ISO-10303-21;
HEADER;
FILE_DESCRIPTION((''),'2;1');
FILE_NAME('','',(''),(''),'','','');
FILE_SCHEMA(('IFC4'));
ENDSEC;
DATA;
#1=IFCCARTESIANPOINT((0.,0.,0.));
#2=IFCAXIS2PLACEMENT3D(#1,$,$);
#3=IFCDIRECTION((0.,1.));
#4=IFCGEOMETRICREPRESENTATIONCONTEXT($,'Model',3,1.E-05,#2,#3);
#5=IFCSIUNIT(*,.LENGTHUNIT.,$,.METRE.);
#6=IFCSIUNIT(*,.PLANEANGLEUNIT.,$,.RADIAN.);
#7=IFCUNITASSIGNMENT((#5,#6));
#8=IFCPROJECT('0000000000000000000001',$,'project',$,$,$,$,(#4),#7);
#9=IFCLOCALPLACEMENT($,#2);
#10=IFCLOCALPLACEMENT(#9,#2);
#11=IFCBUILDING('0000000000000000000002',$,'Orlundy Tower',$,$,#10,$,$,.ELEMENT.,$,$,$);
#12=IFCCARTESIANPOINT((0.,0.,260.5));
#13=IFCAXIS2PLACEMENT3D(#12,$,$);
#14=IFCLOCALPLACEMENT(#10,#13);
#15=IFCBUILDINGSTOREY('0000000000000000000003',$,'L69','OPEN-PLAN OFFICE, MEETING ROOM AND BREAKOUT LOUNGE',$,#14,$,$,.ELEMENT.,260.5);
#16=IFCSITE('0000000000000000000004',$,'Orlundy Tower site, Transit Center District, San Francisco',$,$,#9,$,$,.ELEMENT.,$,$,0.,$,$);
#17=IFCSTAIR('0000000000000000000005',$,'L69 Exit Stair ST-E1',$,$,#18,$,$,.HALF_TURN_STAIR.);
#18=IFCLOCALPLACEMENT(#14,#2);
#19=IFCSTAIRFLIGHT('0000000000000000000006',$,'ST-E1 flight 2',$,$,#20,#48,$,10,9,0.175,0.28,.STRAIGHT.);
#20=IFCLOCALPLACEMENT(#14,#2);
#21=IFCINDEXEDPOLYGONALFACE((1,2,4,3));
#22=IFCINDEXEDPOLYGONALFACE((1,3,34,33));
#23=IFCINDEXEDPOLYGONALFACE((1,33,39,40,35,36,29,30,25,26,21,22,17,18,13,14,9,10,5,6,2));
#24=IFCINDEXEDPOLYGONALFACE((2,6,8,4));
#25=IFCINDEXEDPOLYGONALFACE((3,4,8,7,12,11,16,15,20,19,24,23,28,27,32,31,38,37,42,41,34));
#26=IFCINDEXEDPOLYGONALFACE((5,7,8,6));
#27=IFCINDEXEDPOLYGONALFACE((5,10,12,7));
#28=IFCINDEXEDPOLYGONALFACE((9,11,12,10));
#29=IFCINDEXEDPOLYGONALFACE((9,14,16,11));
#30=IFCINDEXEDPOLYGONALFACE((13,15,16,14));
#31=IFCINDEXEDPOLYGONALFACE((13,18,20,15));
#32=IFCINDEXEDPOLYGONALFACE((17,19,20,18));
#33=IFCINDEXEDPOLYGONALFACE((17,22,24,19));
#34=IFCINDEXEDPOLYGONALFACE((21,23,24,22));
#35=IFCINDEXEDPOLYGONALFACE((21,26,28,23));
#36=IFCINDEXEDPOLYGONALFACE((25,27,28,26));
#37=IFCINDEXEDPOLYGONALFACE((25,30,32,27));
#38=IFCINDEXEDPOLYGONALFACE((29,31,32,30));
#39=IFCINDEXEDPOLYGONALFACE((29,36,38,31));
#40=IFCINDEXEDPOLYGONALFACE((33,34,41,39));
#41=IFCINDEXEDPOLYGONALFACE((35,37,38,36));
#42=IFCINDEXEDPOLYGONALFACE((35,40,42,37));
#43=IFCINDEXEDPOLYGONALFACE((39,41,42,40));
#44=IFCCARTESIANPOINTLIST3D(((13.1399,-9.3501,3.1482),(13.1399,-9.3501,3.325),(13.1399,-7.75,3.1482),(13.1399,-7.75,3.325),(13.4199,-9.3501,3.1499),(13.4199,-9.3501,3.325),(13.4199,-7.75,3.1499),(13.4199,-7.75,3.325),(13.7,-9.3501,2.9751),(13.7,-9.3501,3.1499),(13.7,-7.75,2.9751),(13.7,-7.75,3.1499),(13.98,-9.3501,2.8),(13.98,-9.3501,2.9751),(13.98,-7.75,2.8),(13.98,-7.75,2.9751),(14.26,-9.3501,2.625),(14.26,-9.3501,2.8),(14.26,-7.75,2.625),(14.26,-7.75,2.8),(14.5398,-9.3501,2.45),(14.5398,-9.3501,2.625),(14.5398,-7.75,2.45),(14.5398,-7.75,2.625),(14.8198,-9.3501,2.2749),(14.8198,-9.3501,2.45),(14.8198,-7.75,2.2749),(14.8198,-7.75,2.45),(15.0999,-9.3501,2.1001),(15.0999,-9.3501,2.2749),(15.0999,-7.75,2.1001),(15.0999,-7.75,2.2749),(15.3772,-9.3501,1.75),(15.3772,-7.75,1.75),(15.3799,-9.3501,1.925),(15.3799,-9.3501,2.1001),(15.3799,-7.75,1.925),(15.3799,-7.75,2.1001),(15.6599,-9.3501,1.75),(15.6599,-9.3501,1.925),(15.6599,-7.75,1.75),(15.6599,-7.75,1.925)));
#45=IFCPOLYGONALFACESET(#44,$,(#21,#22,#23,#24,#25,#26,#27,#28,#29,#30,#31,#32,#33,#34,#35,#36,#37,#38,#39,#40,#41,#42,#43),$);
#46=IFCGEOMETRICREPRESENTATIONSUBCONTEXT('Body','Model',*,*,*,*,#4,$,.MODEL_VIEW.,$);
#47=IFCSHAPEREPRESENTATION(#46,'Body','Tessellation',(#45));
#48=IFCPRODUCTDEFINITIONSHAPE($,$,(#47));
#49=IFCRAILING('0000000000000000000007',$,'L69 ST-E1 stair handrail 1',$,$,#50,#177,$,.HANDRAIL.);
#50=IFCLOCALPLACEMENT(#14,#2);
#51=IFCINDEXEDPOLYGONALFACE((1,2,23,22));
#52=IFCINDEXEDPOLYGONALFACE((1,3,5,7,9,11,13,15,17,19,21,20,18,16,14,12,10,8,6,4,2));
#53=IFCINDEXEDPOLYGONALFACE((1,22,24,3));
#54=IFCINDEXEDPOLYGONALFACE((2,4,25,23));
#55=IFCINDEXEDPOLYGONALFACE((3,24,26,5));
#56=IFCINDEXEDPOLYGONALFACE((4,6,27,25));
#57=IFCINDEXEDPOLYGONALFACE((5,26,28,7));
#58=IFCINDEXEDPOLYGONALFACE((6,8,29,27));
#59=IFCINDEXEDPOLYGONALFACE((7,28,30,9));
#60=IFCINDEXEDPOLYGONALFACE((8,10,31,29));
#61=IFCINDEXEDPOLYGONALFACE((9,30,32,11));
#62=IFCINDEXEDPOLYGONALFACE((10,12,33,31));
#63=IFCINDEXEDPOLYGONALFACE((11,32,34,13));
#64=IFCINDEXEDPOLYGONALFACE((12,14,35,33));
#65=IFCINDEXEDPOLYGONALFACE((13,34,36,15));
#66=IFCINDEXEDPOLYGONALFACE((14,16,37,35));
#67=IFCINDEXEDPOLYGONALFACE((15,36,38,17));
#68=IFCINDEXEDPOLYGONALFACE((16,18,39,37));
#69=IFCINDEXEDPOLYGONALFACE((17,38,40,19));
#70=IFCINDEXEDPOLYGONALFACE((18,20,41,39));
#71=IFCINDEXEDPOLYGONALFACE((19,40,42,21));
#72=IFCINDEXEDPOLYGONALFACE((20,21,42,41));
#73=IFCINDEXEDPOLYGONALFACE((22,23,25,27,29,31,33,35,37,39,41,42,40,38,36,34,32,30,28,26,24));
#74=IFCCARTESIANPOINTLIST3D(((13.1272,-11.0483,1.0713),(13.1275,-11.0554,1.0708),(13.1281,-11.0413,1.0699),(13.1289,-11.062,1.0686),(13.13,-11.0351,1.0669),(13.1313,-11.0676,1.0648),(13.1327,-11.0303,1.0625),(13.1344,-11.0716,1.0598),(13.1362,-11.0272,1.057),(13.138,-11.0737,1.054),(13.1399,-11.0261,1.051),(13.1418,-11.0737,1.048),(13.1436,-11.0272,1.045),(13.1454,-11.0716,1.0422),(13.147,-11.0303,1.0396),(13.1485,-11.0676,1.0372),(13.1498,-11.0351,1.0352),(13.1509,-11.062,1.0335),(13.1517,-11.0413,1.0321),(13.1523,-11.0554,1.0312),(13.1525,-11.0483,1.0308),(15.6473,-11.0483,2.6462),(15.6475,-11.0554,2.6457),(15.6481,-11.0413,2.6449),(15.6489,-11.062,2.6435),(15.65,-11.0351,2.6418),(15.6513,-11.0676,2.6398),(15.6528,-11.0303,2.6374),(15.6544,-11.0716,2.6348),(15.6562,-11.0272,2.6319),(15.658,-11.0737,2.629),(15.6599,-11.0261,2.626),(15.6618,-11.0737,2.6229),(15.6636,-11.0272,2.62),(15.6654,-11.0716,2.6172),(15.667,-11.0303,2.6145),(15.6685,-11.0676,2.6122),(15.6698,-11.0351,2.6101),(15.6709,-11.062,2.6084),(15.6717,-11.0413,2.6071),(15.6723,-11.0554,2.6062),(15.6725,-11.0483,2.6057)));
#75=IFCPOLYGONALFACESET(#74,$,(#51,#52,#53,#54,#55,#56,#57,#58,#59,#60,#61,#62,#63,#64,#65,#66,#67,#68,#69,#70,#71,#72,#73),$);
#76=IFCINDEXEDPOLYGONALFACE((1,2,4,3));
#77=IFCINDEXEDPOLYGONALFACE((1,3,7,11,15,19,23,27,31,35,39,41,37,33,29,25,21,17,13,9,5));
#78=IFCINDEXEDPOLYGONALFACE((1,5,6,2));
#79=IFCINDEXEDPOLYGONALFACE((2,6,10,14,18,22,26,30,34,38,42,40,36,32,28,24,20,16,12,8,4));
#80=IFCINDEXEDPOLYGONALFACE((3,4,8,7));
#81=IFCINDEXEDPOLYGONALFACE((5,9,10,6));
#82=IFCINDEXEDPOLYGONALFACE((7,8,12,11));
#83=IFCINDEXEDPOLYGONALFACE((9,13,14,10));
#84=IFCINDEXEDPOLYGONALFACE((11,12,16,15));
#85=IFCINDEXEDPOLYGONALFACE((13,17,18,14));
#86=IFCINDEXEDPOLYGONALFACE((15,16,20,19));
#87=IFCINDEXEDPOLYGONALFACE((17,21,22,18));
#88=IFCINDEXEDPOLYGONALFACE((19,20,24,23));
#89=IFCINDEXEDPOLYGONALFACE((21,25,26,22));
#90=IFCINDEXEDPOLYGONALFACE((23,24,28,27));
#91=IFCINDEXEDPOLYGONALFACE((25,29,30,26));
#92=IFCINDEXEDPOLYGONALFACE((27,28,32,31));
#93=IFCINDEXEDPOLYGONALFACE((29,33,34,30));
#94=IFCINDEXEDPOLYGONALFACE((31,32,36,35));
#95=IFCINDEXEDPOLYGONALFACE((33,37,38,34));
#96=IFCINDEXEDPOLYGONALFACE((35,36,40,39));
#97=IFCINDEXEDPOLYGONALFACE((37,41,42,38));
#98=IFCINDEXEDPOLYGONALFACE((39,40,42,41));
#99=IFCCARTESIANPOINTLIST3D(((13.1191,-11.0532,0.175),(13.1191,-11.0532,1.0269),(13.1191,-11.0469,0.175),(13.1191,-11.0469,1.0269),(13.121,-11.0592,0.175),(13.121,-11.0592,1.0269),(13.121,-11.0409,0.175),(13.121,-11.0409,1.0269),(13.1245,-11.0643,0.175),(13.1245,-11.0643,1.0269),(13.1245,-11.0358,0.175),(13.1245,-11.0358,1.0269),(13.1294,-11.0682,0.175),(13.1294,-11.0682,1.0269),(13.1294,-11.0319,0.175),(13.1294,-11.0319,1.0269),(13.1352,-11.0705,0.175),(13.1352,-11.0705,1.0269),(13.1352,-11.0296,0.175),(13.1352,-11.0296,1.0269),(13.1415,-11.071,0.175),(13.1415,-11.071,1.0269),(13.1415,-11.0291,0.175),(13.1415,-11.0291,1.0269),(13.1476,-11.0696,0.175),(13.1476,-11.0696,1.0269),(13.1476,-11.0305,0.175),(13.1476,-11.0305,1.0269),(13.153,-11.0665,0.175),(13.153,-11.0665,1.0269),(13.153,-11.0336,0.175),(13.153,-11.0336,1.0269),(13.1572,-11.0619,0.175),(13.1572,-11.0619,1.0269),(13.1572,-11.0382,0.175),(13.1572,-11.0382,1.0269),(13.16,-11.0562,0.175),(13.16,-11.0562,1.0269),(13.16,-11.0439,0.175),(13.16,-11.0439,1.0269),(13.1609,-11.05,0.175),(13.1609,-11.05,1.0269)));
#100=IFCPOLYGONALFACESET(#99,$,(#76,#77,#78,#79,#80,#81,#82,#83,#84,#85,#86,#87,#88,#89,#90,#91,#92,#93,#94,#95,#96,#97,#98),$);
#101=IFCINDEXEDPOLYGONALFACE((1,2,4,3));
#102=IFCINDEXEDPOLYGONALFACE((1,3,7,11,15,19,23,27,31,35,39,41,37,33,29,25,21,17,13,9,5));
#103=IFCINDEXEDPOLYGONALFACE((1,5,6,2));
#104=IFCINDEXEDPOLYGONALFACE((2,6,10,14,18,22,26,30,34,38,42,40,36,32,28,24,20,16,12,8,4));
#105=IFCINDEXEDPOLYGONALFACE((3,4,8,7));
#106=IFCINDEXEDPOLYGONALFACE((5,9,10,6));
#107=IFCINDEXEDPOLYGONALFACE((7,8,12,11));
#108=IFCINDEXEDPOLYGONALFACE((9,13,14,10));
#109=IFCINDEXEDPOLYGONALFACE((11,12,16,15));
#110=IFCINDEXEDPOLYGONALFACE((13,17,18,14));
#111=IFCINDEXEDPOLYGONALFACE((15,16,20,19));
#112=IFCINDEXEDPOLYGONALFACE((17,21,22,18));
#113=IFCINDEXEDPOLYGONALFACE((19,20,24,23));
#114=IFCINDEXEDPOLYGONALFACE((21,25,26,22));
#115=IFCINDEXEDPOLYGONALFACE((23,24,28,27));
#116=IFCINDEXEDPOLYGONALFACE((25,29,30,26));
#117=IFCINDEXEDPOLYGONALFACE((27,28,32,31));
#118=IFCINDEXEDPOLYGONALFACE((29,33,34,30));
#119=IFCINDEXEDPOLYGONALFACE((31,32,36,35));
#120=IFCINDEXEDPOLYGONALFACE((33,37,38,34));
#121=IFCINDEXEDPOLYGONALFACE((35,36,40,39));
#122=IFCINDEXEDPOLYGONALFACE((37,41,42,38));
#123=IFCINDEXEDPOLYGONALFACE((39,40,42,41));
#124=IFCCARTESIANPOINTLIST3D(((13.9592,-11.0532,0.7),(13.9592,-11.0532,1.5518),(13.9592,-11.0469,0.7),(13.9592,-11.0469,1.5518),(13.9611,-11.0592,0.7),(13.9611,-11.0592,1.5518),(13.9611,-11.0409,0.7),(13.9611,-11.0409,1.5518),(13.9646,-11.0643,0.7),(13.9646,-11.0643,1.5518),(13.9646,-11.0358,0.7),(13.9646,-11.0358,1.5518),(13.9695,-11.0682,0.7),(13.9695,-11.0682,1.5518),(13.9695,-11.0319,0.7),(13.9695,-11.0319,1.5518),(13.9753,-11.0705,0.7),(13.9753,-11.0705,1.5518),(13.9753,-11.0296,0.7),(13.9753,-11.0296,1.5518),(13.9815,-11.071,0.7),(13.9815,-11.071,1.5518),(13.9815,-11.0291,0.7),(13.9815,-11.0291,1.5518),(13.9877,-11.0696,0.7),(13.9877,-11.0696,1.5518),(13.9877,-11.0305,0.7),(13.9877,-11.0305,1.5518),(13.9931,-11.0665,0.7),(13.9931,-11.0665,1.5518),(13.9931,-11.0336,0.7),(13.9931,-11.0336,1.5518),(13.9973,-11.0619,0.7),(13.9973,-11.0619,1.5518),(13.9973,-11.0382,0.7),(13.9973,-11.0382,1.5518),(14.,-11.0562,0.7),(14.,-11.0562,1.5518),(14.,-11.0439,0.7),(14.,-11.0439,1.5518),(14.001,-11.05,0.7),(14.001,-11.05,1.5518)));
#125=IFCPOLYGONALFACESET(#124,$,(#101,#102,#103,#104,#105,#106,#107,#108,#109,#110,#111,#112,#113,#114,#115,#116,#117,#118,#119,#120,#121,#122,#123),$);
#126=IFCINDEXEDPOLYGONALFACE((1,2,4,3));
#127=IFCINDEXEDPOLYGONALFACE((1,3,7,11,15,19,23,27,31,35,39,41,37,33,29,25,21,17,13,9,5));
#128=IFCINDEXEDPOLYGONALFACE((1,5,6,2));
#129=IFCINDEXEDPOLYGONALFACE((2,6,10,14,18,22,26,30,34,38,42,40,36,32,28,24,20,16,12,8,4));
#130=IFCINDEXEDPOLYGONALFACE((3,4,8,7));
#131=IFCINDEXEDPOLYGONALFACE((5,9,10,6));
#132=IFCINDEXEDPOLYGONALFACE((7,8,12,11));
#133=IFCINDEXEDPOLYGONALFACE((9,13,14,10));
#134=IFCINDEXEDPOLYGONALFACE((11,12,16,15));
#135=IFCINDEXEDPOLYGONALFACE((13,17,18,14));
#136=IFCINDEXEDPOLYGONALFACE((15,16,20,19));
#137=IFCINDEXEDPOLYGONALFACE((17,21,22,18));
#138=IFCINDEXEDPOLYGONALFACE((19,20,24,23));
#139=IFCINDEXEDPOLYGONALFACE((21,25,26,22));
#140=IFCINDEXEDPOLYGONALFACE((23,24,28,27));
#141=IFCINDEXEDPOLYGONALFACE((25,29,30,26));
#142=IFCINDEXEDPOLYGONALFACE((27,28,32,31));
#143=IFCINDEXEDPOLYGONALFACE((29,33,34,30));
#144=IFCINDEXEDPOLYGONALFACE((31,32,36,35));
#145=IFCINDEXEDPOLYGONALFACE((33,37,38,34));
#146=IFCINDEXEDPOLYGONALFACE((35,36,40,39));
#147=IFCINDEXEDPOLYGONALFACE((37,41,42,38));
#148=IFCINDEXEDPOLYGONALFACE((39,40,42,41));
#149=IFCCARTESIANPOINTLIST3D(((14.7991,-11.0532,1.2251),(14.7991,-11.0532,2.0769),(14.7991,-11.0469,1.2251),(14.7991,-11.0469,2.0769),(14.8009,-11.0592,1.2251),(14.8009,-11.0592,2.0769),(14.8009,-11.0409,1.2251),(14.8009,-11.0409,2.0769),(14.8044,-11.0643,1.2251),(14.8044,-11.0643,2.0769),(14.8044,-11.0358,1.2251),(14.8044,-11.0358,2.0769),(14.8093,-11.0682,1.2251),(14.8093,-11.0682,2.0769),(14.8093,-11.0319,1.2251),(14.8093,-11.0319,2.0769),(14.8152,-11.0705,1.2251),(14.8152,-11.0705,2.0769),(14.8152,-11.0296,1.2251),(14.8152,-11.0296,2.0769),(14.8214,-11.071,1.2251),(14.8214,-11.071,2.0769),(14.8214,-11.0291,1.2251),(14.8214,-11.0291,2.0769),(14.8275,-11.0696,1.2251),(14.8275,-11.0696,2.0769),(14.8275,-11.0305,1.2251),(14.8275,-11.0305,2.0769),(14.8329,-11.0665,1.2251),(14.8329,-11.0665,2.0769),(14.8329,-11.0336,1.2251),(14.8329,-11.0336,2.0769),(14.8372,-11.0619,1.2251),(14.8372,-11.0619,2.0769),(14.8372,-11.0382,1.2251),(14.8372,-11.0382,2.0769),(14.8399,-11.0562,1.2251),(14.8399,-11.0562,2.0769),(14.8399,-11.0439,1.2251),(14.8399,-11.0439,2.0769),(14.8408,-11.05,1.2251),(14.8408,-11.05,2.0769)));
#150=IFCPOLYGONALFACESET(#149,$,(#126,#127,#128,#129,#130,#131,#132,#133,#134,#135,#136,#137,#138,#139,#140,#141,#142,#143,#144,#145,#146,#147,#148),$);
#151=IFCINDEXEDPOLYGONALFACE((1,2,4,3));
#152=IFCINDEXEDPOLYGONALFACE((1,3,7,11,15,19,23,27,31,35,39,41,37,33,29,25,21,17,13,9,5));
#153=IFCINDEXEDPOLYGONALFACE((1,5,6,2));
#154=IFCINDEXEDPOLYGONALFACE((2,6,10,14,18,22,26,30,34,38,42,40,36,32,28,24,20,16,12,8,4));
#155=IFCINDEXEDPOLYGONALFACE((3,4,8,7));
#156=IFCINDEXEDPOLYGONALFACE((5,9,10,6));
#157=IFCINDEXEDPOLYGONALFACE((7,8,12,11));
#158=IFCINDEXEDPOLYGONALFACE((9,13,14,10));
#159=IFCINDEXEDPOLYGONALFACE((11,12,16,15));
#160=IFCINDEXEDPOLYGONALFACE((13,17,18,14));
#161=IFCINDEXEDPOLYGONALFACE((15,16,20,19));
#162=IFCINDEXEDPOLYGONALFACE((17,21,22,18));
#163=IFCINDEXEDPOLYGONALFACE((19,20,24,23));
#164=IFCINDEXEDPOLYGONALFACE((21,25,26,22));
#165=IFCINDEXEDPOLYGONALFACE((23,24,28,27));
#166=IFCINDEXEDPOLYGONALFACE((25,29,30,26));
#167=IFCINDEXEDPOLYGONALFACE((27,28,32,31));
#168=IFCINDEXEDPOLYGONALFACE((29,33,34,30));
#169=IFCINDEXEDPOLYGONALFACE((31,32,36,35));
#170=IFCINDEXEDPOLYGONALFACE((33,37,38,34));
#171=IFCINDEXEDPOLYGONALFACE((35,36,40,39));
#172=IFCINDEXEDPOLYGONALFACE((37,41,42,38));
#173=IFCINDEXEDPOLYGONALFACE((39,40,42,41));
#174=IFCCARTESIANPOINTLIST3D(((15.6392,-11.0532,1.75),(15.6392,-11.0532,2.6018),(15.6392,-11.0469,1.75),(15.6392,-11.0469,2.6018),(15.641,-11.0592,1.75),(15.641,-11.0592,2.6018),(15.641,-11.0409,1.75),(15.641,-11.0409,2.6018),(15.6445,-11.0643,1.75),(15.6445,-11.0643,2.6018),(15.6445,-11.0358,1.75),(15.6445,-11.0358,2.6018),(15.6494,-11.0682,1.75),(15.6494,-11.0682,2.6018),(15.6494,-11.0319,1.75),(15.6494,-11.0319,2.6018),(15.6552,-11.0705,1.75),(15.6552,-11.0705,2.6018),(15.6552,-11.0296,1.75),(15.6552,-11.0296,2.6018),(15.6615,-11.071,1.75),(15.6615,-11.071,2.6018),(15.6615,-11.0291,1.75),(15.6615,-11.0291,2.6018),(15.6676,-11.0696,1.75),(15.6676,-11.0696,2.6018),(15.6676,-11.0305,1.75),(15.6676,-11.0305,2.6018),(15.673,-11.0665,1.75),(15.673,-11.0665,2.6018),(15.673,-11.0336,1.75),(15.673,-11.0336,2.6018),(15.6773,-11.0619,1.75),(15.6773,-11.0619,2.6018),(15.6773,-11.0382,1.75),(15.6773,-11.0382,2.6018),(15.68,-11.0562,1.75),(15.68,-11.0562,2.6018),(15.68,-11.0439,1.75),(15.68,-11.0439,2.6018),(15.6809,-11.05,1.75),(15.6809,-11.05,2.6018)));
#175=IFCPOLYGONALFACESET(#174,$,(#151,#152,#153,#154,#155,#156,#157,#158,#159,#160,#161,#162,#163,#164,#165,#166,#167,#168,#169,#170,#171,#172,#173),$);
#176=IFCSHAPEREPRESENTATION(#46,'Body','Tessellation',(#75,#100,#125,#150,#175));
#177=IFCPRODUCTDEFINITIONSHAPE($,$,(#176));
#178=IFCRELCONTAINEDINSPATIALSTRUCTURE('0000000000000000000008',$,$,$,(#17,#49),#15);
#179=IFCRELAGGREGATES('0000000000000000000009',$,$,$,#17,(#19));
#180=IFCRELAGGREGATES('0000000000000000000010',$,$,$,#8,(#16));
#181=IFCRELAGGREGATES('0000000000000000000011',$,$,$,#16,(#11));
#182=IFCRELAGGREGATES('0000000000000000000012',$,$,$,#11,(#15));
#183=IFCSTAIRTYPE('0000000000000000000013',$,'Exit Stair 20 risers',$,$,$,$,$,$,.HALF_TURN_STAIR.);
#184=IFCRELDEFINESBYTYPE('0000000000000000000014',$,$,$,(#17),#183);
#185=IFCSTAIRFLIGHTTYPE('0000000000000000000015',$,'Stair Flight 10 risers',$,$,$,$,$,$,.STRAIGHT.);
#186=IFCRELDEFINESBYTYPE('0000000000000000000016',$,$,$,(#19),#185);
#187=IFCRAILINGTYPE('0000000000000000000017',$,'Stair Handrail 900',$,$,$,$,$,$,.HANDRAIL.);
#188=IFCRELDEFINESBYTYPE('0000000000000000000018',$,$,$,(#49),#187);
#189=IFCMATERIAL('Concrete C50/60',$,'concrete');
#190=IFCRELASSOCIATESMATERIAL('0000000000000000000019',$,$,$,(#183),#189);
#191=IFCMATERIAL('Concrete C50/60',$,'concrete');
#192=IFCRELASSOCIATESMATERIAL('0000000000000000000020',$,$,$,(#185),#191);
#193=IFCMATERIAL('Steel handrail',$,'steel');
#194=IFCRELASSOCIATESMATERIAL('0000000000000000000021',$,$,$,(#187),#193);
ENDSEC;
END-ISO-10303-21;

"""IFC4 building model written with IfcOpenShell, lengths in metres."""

from ifc_helpers import new_model, si_unit, direction, frame, origin, origin_2d, place, context, subcontext, project, spatial, polyline, circle, outline, extrude, material, type_object, element, aggregate, save


model = new_model("IFC4")

# Units and contexts
model_context = context("Model", 3, precision=1e-05, world=origin(), true_north=direction((0.0, 1.0)))
body_context = subcontext(model_context, "Body", "Model", "MODEL_VIEW")
ifc_project = project(units=[si_unit("LENGTHUNIT", "METRE"), si_unit("PLANEANGLEUNIT", "RADIAN")], contexts=[model_context])

# Site, building, storey
site_placement = place(None, origin())
site = spatial("IfcSite", under=ifc_project, at=site_placement, Name="Orlundy Tower site, Transit Center District, San Francisco", CompositionType="ELEMENT", RefElevation=0.0)
building_placement = place(site_placement, origin())
building = spatial("IfcBuilding", under=site, at=building_placement, Name="Orlundy Tower", CompositionType="ELEMENT")
storey_placement = place(building_placement, frame((0.0, 0.0, 260.5)))
storey = spatial("IfcBuildingStorey", under=building, at=storey_placement, Name="L69", Description="OPEN-PLAN OFFICE, MEETING ROOM AND BREAKOUT LOUNGE", CompositionType="ELEMENT", Elevation=260.5)

# Stair, stair flight
ifc_material_1 = material(Name="Concrete C50/60", Category="concrete")
stair_type = type_object("IfcStairType", Name="Exit Stair 20 risers", PredefinedType="HALF_TURN_STAIR", material=ifc_material_1)
stair_placement = place(storey_placement, origin())
stair = element("IfcStair", 1, at=stair_placement, inside=storey, type_object=stair_type, Name="L69 Exit Stair ST-E1", PredefinedType="HALF_TURN_STAIR")
ifc_material_2 = material(Name="Concrete C50/60", Category="concrete")
stair_flight_type = type_object("IfcStairFlightType", Name="Stair Flight 10 risers", PredefinedType="STRAIGHT", material=ifc_material_2)
stair_flight_1_placement = place(storey_placement, frame((15.6599, -8.55, 1.75), z_axis=(0.0, 0.0, 1.0), x_axis=(-1.0, 0.0, 0.0)))
stair_flight_1 = element("IfcStairFlight", 2, at=stair_flight_1_placement, type_object=stair_flight_type, Name="ST-E1 flight 2", NumberOfRisers=10, NumberOfTreads=9, PredefinedType="STRAIGHT", RiserHeight=0.175, TreadLength=0.28, context=body_context, shape_type="SweptSolid", body=[
    extrude(outline(polyline([(0.0, 0.0), (0.0, 0.175), (0.28, 0.175), (0.28, 0.3501), (0.5601, 0.3501), (0.5601, 0.5249), (0.8401, 0.5249), (0.8401, 0.7), (1.1201, 0.7), (1.1201, 0.875), (1.3999, 0.875), (1.3999, 1.05), (1.6799, 1.05), (1.6799, 1.2251), (1.96, 1.2251), (1.96, 1.3999), (2.24, 1.3999), (2.24, 1.575), (2.52, 1.575), (2.52, 1.75), (2.52, 1.3982), (0.2827, 0.0), (0.0, 0.0)])), frame((0.0, 0.8, 0.0), z_axis=(0.0, -1.0, 0.0), x_axis=(1.0, 0.0, 0.0)), (0.0, 0.0, 1.0), 1.6001),
])
aggregate(stair, [stair_flight_1])

# Railing
ifc_material_3 = material(Name="Steel handrail", Category="steel")
railing_type_1 = type_object("IfcRailingType", Name="Stair Handrail 900", PredefinedType="HANDRAIL", material=ifc_material_3)
railing_1_placement = place(storey_placement, frame((13.1399, -11.05, 0.175)))
element("IfcRailing", 3, at=railing_1_placement, inside=storey, type_object=railing_type_1, Name="L69 ST-E1 stair handrail 1", PredefinedType="HANDRAIL", context=body_context, shape_type="SweptSolid", body=[
    extrude(circle(Radius=0.0239, at=origin_2d()), frame((0.0, 0.0, 0.876), z_axis=(0.848008, 0.0, 0.529984), x_axis=(0.0, 1.0, 0.0)), (0.0, 0.0, 1.0), 2.9717),
    extrude(circle(Radius=0.021, at=origin_2d()), origin(), (0.0, 0.0, 1.0), 0.8518),
    extrude(circle(Radius=0.021, at=origin_2d()), frame((0.8401, 0.0, 0.5249)), (0.0, 0.0, 1.0), 0.8518),
    extrude(circle(Radius=0.021, at=origin_2d()), frame((1.6799, 0.0, 1.05)), (0.0, 0.0, 1.0), 0.8518),
    extrude(circle(Radius=0.021, at=origin_2d()), frame((2.52, 0.0, 1.575)), (0.0, 0.0, 1.0), 0.8518),
])

save(model, "model.ifc")
